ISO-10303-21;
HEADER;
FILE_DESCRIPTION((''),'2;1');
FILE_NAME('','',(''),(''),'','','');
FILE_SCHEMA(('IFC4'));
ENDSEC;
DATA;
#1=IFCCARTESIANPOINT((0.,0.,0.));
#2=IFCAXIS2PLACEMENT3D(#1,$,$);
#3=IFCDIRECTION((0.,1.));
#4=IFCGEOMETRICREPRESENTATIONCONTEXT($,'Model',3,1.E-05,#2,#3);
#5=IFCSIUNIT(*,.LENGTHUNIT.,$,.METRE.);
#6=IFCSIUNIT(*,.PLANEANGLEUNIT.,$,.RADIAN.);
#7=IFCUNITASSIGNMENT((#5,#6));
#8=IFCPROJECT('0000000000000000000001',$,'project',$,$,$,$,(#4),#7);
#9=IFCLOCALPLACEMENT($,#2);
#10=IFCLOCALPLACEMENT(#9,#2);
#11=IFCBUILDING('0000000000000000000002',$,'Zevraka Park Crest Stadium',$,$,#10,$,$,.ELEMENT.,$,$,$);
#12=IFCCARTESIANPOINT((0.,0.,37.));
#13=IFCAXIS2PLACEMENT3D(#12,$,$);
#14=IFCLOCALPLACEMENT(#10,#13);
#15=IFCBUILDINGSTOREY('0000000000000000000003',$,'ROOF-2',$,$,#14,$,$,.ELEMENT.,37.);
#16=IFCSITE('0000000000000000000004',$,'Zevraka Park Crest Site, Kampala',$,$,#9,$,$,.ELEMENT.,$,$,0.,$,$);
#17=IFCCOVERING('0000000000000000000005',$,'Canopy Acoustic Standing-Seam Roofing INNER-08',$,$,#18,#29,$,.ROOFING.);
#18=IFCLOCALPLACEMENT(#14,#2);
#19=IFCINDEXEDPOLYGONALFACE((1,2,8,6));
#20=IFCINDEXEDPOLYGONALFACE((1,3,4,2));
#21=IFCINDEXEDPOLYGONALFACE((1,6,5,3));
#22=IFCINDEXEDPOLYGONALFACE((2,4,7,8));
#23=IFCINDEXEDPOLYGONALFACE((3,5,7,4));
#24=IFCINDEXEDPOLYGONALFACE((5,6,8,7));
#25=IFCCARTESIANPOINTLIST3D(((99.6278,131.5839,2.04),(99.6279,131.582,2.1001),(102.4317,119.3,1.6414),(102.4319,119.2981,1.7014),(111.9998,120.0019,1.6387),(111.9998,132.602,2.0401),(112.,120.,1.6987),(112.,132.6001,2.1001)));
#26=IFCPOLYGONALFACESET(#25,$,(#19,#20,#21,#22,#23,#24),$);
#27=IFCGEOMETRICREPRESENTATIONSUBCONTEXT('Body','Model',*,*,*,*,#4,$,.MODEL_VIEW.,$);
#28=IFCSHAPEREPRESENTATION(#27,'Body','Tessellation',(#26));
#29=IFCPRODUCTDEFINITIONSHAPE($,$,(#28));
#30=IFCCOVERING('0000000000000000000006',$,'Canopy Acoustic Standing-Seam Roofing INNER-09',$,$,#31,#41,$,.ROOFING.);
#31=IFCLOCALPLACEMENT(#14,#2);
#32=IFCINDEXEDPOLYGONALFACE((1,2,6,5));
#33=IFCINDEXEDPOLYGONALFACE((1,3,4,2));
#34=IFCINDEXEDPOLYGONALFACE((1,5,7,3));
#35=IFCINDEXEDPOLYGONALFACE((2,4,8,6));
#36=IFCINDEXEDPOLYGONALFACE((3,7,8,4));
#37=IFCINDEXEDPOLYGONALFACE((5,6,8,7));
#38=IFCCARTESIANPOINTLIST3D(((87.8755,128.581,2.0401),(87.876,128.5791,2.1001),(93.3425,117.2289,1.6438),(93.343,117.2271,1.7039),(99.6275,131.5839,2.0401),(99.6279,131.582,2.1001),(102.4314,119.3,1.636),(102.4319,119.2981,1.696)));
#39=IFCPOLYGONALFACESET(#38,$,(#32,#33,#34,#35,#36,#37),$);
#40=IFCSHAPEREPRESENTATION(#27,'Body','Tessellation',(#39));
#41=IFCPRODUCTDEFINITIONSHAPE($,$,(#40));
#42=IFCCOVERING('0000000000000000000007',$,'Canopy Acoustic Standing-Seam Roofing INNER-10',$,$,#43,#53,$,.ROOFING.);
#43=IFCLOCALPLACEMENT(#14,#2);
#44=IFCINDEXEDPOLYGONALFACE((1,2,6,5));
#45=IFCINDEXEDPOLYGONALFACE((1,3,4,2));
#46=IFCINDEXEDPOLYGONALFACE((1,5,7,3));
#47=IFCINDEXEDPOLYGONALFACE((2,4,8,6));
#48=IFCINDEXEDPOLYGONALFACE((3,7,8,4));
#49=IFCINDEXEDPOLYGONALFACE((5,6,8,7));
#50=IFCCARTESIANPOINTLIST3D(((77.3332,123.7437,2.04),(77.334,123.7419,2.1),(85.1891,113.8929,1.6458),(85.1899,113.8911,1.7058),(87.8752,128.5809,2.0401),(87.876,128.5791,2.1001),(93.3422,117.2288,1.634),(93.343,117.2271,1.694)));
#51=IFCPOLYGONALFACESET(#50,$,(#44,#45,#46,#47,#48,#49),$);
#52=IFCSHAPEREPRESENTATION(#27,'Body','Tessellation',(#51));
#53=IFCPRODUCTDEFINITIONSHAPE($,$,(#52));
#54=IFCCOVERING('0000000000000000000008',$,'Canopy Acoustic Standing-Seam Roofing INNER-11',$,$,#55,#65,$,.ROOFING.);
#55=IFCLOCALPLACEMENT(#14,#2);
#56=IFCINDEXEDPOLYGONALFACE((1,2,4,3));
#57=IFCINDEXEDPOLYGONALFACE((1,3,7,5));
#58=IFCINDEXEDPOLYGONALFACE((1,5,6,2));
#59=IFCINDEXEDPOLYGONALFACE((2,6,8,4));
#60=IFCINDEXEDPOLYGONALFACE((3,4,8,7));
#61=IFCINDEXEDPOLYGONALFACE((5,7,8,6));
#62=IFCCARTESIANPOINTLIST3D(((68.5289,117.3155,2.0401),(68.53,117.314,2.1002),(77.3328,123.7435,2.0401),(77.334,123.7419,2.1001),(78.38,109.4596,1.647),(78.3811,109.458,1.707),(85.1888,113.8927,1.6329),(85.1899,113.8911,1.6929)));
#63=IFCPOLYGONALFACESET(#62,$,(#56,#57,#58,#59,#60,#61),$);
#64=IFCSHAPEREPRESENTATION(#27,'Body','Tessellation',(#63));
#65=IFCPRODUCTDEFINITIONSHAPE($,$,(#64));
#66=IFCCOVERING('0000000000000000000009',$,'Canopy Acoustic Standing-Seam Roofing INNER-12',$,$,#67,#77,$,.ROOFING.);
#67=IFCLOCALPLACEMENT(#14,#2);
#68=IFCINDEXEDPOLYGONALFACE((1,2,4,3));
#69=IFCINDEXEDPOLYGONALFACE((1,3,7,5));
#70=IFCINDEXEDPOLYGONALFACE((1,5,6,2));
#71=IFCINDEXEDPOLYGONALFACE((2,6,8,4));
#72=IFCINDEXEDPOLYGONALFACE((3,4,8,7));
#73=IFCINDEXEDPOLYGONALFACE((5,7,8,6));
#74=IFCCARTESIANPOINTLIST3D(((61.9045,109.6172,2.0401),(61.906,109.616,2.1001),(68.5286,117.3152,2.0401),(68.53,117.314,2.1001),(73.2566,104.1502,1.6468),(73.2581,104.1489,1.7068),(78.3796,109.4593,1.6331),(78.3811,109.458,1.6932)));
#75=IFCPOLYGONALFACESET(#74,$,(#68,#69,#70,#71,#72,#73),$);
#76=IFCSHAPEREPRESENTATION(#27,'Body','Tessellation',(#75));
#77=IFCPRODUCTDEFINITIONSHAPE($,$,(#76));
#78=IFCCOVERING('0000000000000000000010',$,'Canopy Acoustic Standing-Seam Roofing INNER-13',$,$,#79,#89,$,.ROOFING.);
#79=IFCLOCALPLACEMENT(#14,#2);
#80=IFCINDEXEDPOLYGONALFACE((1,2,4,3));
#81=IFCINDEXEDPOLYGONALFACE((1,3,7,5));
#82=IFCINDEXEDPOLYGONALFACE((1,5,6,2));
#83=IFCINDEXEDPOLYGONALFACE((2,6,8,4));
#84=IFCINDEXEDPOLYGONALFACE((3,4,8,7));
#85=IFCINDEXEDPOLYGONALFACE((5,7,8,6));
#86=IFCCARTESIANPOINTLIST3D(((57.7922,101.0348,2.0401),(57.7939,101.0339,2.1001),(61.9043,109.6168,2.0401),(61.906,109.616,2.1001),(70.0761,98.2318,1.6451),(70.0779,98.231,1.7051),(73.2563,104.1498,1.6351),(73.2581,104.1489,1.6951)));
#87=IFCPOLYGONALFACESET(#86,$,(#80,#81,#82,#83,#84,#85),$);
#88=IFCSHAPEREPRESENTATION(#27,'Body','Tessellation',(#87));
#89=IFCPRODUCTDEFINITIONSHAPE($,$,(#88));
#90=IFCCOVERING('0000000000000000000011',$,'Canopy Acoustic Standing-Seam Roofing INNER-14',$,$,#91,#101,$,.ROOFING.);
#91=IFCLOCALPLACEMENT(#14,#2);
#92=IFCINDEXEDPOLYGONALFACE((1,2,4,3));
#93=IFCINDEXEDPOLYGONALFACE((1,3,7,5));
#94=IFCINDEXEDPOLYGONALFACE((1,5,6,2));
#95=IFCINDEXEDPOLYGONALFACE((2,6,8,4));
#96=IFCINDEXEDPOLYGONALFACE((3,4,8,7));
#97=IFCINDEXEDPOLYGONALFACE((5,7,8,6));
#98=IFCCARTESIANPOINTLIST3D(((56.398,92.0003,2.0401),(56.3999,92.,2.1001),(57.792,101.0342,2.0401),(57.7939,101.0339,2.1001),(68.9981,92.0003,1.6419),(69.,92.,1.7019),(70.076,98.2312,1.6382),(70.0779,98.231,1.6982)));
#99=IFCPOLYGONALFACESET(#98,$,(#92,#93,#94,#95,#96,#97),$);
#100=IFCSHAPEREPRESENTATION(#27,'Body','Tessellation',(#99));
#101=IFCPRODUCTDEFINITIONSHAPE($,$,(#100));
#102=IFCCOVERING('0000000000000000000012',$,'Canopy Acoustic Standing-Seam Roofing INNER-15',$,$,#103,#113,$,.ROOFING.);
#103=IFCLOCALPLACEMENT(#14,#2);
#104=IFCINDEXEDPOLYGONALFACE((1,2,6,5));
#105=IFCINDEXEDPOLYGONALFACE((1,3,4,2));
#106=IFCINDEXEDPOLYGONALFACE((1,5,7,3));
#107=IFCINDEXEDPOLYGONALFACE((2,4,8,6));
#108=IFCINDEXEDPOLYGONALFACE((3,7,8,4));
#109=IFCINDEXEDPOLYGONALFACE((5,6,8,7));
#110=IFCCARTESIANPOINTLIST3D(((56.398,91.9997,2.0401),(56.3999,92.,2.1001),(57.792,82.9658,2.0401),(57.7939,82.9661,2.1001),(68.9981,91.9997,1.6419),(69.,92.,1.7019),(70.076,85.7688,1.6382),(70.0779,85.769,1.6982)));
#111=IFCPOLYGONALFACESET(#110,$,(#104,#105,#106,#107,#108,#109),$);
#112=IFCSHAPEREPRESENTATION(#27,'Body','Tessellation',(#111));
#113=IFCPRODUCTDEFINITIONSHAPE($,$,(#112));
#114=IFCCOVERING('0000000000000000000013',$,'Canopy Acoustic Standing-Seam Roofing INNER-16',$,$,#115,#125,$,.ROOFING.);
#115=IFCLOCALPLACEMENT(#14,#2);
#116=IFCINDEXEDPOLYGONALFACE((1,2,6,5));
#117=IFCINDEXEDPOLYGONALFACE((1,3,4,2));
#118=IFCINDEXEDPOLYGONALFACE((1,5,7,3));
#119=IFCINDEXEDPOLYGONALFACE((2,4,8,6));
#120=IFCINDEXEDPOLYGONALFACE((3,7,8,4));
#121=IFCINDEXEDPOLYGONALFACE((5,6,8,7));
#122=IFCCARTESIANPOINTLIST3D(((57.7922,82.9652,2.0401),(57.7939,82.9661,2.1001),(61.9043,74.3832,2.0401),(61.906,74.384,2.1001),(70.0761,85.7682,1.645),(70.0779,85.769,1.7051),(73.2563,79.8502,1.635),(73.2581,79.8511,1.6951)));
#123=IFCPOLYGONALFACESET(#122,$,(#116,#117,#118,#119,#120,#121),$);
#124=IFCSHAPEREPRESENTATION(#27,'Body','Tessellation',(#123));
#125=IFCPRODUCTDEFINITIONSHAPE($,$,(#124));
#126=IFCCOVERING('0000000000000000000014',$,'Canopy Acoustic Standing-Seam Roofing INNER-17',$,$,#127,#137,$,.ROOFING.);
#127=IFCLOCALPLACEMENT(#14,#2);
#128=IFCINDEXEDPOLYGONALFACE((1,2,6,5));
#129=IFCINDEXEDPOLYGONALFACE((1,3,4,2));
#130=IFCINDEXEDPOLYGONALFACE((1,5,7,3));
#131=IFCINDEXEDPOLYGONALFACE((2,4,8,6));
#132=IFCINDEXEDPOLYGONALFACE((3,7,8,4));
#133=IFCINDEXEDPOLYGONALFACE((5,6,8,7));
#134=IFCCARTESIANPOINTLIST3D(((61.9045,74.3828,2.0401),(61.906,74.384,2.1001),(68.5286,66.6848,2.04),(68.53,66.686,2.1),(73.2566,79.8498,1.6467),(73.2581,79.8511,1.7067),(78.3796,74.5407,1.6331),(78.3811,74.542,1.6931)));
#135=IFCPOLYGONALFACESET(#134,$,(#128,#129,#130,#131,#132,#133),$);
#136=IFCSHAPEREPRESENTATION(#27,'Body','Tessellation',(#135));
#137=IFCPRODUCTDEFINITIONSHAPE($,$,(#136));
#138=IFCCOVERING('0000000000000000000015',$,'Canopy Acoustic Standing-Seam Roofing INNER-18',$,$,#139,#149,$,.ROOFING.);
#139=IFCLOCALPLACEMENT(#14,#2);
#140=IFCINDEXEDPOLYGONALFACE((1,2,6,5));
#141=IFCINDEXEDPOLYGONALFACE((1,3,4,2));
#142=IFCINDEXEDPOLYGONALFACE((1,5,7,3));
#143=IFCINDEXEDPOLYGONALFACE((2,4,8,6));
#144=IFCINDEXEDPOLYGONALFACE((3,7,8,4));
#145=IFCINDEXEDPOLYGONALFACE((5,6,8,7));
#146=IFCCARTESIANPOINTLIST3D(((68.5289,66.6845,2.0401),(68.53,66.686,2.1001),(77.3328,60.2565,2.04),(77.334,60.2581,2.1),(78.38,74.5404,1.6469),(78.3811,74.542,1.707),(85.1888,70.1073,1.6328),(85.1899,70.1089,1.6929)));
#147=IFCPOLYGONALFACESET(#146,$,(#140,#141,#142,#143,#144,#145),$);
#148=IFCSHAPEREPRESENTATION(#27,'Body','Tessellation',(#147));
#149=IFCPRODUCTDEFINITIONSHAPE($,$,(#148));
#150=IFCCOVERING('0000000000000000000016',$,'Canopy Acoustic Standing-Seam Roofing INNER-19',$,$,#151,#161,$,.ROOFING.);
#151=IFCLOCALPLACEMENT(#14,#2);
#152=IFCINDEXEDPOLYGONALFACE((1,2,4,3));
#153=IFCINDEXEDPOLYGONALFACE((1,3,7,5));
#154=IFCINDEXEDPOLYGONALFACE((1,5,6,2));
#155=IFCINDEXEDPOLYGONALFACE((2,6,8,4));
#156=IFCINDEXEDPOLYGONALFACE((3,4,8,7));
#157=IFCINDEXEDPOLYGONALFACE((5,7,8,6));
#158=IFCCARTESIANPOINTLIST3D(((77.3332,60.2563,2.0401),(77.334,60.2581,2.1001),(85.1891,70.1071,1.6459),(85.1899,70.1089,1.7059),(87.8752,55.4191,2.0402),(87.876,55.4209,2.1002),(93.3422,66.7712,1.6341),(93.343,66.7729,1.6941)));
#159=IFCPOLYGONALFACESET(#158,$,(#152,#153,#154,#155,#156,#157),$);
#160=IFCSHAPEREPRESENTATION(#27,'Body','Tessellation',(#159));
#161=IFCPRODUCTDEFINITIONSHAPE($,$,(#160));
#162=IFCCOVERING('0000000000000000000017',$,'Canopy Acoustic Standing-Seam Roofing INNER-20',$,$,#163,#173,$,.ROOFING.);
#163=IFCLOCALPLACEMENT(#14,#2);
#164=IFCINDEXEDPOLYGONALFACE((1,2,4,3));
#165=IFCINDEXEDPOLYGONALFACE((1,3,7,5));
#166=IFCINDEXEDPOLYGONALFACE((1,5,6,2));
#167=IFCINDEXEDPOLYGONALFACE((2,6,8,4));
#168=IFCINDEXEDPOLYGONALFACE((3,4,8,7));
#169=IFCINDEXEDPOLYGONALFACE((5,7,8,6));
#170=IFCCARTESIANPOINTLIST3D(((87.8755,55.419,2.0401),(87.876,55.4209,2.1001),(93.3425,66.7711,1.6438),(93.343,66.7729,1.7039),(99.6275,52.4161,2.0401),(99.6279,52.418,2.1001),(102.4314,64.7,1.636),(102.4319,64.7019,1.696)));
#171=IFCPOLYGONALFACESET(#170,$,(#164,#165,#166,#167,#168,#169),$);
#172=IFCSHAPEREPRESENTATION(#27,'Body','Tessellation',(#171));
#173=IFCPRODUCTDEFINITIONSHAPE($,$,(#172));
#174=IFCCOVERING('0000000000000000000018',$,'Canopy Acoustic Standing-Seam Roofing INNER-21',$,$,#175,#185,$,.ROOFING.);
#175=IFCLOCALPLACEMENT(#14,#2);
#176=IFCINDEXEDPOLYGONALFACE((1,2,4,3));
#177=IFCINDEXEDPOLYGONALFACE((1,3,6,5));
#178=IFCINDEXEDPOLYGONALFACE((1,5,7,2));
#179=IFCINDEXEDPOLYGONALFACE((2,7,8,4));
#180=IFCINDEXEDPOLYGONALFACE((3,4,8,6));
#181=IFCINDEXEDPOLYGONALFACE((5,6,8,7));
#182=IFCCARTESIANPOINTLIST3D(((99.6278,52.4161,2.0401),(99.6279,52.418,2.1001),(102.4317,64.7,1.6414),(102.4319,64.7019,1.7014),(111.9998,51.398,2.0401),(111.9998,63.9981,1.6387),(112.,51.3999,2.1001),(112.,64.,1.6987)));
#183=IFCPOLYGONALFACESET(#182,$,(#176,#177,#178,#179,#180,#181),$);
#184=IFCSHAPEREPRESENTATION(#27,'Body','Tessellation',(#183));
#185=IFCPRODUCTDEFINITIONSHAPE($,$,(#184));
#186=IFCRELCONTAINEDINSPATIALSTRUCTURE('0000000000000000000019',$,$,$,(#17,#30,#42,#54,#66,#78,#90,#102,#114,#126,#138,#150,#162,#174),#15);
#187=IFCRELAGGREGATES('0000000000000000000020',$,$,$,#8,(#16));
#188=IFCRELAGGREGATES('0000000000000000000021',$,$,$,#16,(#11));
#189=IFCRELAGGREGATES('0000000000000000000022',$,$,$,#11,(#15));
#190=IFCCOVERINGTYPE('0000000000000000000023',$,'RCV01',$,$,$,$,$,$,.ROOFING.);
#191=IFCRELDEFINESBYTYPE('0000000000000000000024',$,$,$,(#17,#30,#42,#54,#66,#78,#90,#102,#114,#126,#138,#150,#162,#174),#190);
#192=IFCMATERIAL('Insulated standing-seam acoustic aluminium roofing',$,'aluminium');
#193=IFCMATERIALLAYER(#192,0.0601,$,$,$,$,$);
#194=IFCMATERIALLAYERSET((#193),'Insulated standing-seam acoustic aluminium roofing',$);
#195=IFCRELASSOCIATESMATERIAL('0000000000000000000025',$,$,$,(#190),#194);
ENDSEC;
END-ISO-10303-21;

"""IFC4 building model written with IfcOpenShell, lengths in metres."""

from ifc_helpers import new_model, si_unit, direction, frame, origin, place, context, subcontext, project, spatial, polyline, outline, extrude, material, layer, layer_set, type_object, element, save


model = new_model("IFC4")

# Units and contexts
model_context = context("Model", 3, precision=1e-05, world=origin(), true_north=direction((0.0, 1.0)))
body_context = subcontext(model_context, "Body", "Model", "MODEL_VIEW")
ifc_project = project(units=[si_unit("LENGTHUNIT", "METRE"), si_unit("PLANEANGLEUNIT", "RADIAN")], contexts=[model_context])

# Site, building, storey
site_placement = place(None, origin())
site = spatial("IfcSite", under=ifc_project, at=site_placement, Name="Zevraka Park Crest Site, Kampala", CompositionType="ELEMENT", RefElevation=0.0)
building_placement = place(site_placement, origin())
building = spatial("IfcBuilding", under=site, at=building_placement, Name="Zevraka Park Crest Stadium", CompositionType="ELEMENT")
storey_placement = place(building_placement, frame((0.0, 0.0, 37.0)))
storey = spatial("IfcBuildingStorey", under=building, at=storey_placement, Name="ROOF-2", CompositionType="ELEMENT", Elevation=37.0)

# Coverings
ifc_material_1 = material(Name="Insulated standing-seam acoustic aluminium roofing", Category="aluminium")
ifc_layer_1 = layer(ifc_material_1, 0.0601)
ifc_layer_set_1 = layer_set([ifc_layer_1], Name="Insulated standing-seam acoustic aluminium roofing")
covering_type = type_object("IfcCoveringType", Name="RCV01", PredefinedType="ROOFING", material=ifc_layer_set_1)
covering_1_placement = place(storey_placement, frame((112.0, 132.6001, 2.1001), z_axis=(0.002618, -0.03184, 0.99949), x_axis=(-0.996631, -0.08201, -0.000002)))
element("IfcCovering", 1, at=covering_1_placement, inside=storey, type_object=covering_type, Name="Canopy Acoustic Standing-Seam Roofing INNER-08", PredefinedType="ROOFING", context=body_context, shape_type="SweptSolid", body=[
    extrude(outline(polyline([(0.0, 0.0), (12.4139, 0.0), (10.6268, 12.4789), (1.0333, 12.5641), (0.0, 0.0)])), origin(), (0.0, 0.0, -1.0), 0.0601),
])
covering_2_placement = place(storey_placement, frame((99.6279, 131.582, 2.1001), z_axis=(0.007938, -0.031064, 0.999486), x_axis=(-0.96887, -0.247571, 0.0)))
element("IfcCovering", 2, at=covering_2_placement, inside=storey, type_object=covering_type, Name="Canopy Acoustic Standing-Seam Roofing INNER-09", PredefinedType="ROOFING", context=body_context, shape_type="SweptSolid", body=[
    extrude(outline(polyline([(0.0, 0.0), (12.1296, 0.0), (9.6431, 12.3585), (0.3245, 12.6022), (0.0, 0.0)])), origin(), (0.0, 0.0, -1.0), 0.0601),
])
covering_3_placement = place(storey_placement, frame((87.876, 128.5791, 2.1001), z_axis=(0.01343, -0.029286, 0.999481), x_axis=(-0.908888, -0.41704, -0.000007)))
element("IfcCovering", 3, at=covering_3_placement, inside=storey, type_object=covering_type, Name="Canopy Acoustic Standing-Seam Roofing INNER-10", PredefinedType="ROOFING", context=body_context, shape_type="SweptSolid", body=[
    extrude(outline(polyline([(0.0, 0.0), (11.5988, 0.0), (8.5668, 12.2359), (-0.2347, 12.6043), (0.0, 0.0)])), origin(), (0.0, 0.0, -1.0), 0.0601),
])
covering_4_placement = place(storey_placement, frame((77.334, 123.7419, 2.1001), z_axis=(0.019067, -0.026106, 0.999477), x_axis=(-0.807639, -0.589677, 0.000005)))
element("IfcCovering", 4, at=covering_4_placement, inside=storey, type_object=covering_type, Name="Canopy Acoustic Standing-Seam Roofing INNER-11", PredefinedType="ROOFING", context=body_context, shape_type="SweptSolid", body=[
    extrude(outline(polyline([(0.0, 0.0), (10.9009, 0.0), (7.5772, 12.1601), (-0.536, 12.595), (0.0, 0.0)])), origin(), (0.0, 0.0, -1.0), 0.0601),
])
covering_5_placement = place(storey_placement, frame((68.53, 117.314, 2.1001), z_axis=(0.024488, -0.021065, 0.999478), x_axis=(-0.652251, -0.758003, 0.000005)))
element("IfcCovering", 5, at=covering_5_placement, inside=storey, type_object=covering_type, Name="Canopy Acoustic Standing-Seam Roofing INNER-12", PredefinedType="ROOFING", context=body_context, shape_type="SweptSolid", body=[
    extrude(outline(polyline([(0.0, 0.0), (10.1556, 0.0), (6.8953, 12.1771), (-0.4705, 12.5978), (0.0, 0.0)])), origin(), (0.0, 0.0, -1.0), 0.0601),
])
covering_6_placement = place(storey_placement, frame((61.906, 109.616, 2.1001), z_axis=(0.028974, -0.013882, 0.999484), x_axis=(-0.432106, -0.901823, 0.000001)))
element("IfcCovering", 6, at=covering_6_placement, inside=storey, type_object=covering_type, Name="Canopy Acoustic Standing-Seam Roofing INNER-13", PredefinedType="ROOFING", context=body_context, shape_type="SweptSolid", body=[
    extrude(outline(polyline([(0.0, 0.0), (9.5163, 0.0), (6.7361, 12.2955), (0.025, 12.6064), (0.0, 0.0)])), origin(), (0.0, 0.0, -1.0), 0.0601),
])
covering_7_placement = place(storey_placement, frame((57.7939, 101.0339, 2.1001), z_axis=(0.031586, -0.004875, 0.999489), x_axis=(-0.152507, -0.988302, -0.000001)))
element("IfcCovering", 7, at=covering_7_placement, inside=storey, type_object=covering_type, Name="Canopy Acoustic Standing-Seam Roofing INNER-14", PredefinedType="ROOFING", context=body_context, shape_type="SweptSolid", body=[
    extrude(outline(polyline([(0.0, 0.0), (9.1409, 0.0), (7.2193, 12.4591), (0.8968, 12.5741), (0.0, 0.0)])), origin(), (0.0, 0.0, -1.0), 0.0601),
])
covering_8_placement = place(storey_placement, frame((56.3999, 92.0, 2.1001), z_axis=(0.031586, 0.004875, 0.999489), x_axis=(0.152507, -0.988302, 0.000001)))
element("IfcCovering", 8, at=covering_8_placement, inside=storey, type_object=covering_type, Name="Canopy Acoustic Standing-Seam Roofing INNER-15", PredefinedType="ROOFING", context=body_context, shape_type="SweptSolid", body=[
    extrude(outline(polyline([(0.0, 0.0), (9.1409, 0.0), (8.2441, 12.5741), (1.9216, 12.4591), (0.0, 0.0)])), origin(), (0.0, 0.0, -1.0), 0.0601),
])
covering_9_placement = place(storey_placement, frame((57.7939, 82.9661, 2.1001), z_axis=(0.028974, 0.013882, 0.999484), x_axis=(0.432106, -0.901823, -0.000001)))
element("IfcCovering", 9, at=covering_9_placement, inside=storey, type_object=covering_type, Name="Canopy Acoustic Standing-Seam Roofing INNER-16", PredefinedType="ROOFING", context=body_context, shape_type="SweptSolid", body=[
    extrude(outline(polyline([(0.0, 0.0), (9.5163, 0.0), (9.4913, 12.6064), (2.7802, 12.2955), (0.0, 0.0)])), origin(), (0.0, 0.0, -1.0), 0.0601),
])
covering_10_placement = place(storey_placement, frame((61.906, 74.384, 2.1001), z_axis=(0.024488, 0.021065, 0.999478), x_axis=(0.652251, -0.758003, -0.000005)))
element("IfcCovering", 10, at=covering_10_placement, inside=storey, type_object=covering_type, Name="Canopy Acoustic Standing-Seam Roofing INNER-17", PredefinedType="ROOFING", context=body_context, shape_type="SweptSolid", body=[
    extrude(outline(polyline([(0.0, 0.0), (10.1556, 0.0), (10.6262, 12.5978), (3.2604, 12.1771), (0.0, 0.0)])), origin(), (0.0, 0.0, -1.0), 0.0601),
])
covering_11_placement = place(storey_placement, frame((68.53, 66.686, 2.1001), z_axis=(0.019067, 0.026106, 0.999477), x_axis=(0.807639, -0.589677, -0.000005)))
element("IfcCovering", 11, at=covering_11_placement, inside=storey, type_object=covering_type, Name="Canopy Acoustic Standing-Seam Roofing INNER-18", PredefinedType="ROOFING", context=body_context, shape_type="SweptSolid", body=[
    extrude(outline(polyline([(0.0, 0.0), (10.9009, 0.0), (11.4368, 12.595), (3.3236, 12.1601), (0.0, 0.0)])), origin(), (0.0, 0.0, -1.0), 0.0601),
])
covering_12_placement = place(storey_placement, frame((77.334, 60.2581, 2.1001), z_axis=(0.01343, 0.029286, 0.999481), x_axis=(0.908888, -0.41704, 0.000007)))
element("IfcCovering", 12, at=covering_12_placement, inside=storey, type_object=covering_type, Name="Canopy Acoustic Standing-Seam Roofing INNER-19", PredefinedType="ROOFING", context=body_context, shape_type="SweptSolid", body=[
    extrude(outline(polyline([(0.0, 0.0), (11.5988, 0.0), (11.8334, 12.6043), (3.032, 12.2359), (0.0, 0.0)])), origin(), (0.0, 0.0, -1.0), 0.0601),
])
covering_13_placement = place(storey_placement, frame((87.876, 55.4209, 2.1001), z_axis=(0.007938, 0.031064, 0.999486), x_axis=(0.96887, -0.247571, 0.0)))
element("IfcCovering", 13, at=covering_13_placement, inside=storey, type_object=covering_type, Name="Canopy Acoustic Standing-Seam Roofing INNER-20", PredefinedType="ROOFING", context=body_context, shape_type="SweptSolid", body=[
    extrude(outline(polyline([(0.0, 0.0), (12.1296, 0.0), (11.8051, 12.6022), (2.4864, 12.3585), (0.0, 0.0)])), origin(), (0.0, 0.0, -1.0), 0.0601),
])
covering_14_placement = place(storey_placement, frame((99.6279, 52.418, 2.1001), z_axis=(0.002618, 0.03184, 0.99949), x_axis=(0.996631, -0.08201, 0.000002)))
element("IfcCovering", 14, at=covering_14_placement, inside=storey, type_object=covering_type, Name="Canopy Acoustic Standing-Seam Roofing INNER-21", PredefinedType="ROOFING", context=body_context, shape_type="SweptSolid", body=[
    extrude(outline(polyline([(0.0, 0.0), (12.4139, 0.0), (11.3805, 12.5641), (1.7871, 12.4789), (0.0, 0.0)])), origin(), (0.0, 0.0, -1.0), 0.0601),
])

save(model, "model.ifc")
